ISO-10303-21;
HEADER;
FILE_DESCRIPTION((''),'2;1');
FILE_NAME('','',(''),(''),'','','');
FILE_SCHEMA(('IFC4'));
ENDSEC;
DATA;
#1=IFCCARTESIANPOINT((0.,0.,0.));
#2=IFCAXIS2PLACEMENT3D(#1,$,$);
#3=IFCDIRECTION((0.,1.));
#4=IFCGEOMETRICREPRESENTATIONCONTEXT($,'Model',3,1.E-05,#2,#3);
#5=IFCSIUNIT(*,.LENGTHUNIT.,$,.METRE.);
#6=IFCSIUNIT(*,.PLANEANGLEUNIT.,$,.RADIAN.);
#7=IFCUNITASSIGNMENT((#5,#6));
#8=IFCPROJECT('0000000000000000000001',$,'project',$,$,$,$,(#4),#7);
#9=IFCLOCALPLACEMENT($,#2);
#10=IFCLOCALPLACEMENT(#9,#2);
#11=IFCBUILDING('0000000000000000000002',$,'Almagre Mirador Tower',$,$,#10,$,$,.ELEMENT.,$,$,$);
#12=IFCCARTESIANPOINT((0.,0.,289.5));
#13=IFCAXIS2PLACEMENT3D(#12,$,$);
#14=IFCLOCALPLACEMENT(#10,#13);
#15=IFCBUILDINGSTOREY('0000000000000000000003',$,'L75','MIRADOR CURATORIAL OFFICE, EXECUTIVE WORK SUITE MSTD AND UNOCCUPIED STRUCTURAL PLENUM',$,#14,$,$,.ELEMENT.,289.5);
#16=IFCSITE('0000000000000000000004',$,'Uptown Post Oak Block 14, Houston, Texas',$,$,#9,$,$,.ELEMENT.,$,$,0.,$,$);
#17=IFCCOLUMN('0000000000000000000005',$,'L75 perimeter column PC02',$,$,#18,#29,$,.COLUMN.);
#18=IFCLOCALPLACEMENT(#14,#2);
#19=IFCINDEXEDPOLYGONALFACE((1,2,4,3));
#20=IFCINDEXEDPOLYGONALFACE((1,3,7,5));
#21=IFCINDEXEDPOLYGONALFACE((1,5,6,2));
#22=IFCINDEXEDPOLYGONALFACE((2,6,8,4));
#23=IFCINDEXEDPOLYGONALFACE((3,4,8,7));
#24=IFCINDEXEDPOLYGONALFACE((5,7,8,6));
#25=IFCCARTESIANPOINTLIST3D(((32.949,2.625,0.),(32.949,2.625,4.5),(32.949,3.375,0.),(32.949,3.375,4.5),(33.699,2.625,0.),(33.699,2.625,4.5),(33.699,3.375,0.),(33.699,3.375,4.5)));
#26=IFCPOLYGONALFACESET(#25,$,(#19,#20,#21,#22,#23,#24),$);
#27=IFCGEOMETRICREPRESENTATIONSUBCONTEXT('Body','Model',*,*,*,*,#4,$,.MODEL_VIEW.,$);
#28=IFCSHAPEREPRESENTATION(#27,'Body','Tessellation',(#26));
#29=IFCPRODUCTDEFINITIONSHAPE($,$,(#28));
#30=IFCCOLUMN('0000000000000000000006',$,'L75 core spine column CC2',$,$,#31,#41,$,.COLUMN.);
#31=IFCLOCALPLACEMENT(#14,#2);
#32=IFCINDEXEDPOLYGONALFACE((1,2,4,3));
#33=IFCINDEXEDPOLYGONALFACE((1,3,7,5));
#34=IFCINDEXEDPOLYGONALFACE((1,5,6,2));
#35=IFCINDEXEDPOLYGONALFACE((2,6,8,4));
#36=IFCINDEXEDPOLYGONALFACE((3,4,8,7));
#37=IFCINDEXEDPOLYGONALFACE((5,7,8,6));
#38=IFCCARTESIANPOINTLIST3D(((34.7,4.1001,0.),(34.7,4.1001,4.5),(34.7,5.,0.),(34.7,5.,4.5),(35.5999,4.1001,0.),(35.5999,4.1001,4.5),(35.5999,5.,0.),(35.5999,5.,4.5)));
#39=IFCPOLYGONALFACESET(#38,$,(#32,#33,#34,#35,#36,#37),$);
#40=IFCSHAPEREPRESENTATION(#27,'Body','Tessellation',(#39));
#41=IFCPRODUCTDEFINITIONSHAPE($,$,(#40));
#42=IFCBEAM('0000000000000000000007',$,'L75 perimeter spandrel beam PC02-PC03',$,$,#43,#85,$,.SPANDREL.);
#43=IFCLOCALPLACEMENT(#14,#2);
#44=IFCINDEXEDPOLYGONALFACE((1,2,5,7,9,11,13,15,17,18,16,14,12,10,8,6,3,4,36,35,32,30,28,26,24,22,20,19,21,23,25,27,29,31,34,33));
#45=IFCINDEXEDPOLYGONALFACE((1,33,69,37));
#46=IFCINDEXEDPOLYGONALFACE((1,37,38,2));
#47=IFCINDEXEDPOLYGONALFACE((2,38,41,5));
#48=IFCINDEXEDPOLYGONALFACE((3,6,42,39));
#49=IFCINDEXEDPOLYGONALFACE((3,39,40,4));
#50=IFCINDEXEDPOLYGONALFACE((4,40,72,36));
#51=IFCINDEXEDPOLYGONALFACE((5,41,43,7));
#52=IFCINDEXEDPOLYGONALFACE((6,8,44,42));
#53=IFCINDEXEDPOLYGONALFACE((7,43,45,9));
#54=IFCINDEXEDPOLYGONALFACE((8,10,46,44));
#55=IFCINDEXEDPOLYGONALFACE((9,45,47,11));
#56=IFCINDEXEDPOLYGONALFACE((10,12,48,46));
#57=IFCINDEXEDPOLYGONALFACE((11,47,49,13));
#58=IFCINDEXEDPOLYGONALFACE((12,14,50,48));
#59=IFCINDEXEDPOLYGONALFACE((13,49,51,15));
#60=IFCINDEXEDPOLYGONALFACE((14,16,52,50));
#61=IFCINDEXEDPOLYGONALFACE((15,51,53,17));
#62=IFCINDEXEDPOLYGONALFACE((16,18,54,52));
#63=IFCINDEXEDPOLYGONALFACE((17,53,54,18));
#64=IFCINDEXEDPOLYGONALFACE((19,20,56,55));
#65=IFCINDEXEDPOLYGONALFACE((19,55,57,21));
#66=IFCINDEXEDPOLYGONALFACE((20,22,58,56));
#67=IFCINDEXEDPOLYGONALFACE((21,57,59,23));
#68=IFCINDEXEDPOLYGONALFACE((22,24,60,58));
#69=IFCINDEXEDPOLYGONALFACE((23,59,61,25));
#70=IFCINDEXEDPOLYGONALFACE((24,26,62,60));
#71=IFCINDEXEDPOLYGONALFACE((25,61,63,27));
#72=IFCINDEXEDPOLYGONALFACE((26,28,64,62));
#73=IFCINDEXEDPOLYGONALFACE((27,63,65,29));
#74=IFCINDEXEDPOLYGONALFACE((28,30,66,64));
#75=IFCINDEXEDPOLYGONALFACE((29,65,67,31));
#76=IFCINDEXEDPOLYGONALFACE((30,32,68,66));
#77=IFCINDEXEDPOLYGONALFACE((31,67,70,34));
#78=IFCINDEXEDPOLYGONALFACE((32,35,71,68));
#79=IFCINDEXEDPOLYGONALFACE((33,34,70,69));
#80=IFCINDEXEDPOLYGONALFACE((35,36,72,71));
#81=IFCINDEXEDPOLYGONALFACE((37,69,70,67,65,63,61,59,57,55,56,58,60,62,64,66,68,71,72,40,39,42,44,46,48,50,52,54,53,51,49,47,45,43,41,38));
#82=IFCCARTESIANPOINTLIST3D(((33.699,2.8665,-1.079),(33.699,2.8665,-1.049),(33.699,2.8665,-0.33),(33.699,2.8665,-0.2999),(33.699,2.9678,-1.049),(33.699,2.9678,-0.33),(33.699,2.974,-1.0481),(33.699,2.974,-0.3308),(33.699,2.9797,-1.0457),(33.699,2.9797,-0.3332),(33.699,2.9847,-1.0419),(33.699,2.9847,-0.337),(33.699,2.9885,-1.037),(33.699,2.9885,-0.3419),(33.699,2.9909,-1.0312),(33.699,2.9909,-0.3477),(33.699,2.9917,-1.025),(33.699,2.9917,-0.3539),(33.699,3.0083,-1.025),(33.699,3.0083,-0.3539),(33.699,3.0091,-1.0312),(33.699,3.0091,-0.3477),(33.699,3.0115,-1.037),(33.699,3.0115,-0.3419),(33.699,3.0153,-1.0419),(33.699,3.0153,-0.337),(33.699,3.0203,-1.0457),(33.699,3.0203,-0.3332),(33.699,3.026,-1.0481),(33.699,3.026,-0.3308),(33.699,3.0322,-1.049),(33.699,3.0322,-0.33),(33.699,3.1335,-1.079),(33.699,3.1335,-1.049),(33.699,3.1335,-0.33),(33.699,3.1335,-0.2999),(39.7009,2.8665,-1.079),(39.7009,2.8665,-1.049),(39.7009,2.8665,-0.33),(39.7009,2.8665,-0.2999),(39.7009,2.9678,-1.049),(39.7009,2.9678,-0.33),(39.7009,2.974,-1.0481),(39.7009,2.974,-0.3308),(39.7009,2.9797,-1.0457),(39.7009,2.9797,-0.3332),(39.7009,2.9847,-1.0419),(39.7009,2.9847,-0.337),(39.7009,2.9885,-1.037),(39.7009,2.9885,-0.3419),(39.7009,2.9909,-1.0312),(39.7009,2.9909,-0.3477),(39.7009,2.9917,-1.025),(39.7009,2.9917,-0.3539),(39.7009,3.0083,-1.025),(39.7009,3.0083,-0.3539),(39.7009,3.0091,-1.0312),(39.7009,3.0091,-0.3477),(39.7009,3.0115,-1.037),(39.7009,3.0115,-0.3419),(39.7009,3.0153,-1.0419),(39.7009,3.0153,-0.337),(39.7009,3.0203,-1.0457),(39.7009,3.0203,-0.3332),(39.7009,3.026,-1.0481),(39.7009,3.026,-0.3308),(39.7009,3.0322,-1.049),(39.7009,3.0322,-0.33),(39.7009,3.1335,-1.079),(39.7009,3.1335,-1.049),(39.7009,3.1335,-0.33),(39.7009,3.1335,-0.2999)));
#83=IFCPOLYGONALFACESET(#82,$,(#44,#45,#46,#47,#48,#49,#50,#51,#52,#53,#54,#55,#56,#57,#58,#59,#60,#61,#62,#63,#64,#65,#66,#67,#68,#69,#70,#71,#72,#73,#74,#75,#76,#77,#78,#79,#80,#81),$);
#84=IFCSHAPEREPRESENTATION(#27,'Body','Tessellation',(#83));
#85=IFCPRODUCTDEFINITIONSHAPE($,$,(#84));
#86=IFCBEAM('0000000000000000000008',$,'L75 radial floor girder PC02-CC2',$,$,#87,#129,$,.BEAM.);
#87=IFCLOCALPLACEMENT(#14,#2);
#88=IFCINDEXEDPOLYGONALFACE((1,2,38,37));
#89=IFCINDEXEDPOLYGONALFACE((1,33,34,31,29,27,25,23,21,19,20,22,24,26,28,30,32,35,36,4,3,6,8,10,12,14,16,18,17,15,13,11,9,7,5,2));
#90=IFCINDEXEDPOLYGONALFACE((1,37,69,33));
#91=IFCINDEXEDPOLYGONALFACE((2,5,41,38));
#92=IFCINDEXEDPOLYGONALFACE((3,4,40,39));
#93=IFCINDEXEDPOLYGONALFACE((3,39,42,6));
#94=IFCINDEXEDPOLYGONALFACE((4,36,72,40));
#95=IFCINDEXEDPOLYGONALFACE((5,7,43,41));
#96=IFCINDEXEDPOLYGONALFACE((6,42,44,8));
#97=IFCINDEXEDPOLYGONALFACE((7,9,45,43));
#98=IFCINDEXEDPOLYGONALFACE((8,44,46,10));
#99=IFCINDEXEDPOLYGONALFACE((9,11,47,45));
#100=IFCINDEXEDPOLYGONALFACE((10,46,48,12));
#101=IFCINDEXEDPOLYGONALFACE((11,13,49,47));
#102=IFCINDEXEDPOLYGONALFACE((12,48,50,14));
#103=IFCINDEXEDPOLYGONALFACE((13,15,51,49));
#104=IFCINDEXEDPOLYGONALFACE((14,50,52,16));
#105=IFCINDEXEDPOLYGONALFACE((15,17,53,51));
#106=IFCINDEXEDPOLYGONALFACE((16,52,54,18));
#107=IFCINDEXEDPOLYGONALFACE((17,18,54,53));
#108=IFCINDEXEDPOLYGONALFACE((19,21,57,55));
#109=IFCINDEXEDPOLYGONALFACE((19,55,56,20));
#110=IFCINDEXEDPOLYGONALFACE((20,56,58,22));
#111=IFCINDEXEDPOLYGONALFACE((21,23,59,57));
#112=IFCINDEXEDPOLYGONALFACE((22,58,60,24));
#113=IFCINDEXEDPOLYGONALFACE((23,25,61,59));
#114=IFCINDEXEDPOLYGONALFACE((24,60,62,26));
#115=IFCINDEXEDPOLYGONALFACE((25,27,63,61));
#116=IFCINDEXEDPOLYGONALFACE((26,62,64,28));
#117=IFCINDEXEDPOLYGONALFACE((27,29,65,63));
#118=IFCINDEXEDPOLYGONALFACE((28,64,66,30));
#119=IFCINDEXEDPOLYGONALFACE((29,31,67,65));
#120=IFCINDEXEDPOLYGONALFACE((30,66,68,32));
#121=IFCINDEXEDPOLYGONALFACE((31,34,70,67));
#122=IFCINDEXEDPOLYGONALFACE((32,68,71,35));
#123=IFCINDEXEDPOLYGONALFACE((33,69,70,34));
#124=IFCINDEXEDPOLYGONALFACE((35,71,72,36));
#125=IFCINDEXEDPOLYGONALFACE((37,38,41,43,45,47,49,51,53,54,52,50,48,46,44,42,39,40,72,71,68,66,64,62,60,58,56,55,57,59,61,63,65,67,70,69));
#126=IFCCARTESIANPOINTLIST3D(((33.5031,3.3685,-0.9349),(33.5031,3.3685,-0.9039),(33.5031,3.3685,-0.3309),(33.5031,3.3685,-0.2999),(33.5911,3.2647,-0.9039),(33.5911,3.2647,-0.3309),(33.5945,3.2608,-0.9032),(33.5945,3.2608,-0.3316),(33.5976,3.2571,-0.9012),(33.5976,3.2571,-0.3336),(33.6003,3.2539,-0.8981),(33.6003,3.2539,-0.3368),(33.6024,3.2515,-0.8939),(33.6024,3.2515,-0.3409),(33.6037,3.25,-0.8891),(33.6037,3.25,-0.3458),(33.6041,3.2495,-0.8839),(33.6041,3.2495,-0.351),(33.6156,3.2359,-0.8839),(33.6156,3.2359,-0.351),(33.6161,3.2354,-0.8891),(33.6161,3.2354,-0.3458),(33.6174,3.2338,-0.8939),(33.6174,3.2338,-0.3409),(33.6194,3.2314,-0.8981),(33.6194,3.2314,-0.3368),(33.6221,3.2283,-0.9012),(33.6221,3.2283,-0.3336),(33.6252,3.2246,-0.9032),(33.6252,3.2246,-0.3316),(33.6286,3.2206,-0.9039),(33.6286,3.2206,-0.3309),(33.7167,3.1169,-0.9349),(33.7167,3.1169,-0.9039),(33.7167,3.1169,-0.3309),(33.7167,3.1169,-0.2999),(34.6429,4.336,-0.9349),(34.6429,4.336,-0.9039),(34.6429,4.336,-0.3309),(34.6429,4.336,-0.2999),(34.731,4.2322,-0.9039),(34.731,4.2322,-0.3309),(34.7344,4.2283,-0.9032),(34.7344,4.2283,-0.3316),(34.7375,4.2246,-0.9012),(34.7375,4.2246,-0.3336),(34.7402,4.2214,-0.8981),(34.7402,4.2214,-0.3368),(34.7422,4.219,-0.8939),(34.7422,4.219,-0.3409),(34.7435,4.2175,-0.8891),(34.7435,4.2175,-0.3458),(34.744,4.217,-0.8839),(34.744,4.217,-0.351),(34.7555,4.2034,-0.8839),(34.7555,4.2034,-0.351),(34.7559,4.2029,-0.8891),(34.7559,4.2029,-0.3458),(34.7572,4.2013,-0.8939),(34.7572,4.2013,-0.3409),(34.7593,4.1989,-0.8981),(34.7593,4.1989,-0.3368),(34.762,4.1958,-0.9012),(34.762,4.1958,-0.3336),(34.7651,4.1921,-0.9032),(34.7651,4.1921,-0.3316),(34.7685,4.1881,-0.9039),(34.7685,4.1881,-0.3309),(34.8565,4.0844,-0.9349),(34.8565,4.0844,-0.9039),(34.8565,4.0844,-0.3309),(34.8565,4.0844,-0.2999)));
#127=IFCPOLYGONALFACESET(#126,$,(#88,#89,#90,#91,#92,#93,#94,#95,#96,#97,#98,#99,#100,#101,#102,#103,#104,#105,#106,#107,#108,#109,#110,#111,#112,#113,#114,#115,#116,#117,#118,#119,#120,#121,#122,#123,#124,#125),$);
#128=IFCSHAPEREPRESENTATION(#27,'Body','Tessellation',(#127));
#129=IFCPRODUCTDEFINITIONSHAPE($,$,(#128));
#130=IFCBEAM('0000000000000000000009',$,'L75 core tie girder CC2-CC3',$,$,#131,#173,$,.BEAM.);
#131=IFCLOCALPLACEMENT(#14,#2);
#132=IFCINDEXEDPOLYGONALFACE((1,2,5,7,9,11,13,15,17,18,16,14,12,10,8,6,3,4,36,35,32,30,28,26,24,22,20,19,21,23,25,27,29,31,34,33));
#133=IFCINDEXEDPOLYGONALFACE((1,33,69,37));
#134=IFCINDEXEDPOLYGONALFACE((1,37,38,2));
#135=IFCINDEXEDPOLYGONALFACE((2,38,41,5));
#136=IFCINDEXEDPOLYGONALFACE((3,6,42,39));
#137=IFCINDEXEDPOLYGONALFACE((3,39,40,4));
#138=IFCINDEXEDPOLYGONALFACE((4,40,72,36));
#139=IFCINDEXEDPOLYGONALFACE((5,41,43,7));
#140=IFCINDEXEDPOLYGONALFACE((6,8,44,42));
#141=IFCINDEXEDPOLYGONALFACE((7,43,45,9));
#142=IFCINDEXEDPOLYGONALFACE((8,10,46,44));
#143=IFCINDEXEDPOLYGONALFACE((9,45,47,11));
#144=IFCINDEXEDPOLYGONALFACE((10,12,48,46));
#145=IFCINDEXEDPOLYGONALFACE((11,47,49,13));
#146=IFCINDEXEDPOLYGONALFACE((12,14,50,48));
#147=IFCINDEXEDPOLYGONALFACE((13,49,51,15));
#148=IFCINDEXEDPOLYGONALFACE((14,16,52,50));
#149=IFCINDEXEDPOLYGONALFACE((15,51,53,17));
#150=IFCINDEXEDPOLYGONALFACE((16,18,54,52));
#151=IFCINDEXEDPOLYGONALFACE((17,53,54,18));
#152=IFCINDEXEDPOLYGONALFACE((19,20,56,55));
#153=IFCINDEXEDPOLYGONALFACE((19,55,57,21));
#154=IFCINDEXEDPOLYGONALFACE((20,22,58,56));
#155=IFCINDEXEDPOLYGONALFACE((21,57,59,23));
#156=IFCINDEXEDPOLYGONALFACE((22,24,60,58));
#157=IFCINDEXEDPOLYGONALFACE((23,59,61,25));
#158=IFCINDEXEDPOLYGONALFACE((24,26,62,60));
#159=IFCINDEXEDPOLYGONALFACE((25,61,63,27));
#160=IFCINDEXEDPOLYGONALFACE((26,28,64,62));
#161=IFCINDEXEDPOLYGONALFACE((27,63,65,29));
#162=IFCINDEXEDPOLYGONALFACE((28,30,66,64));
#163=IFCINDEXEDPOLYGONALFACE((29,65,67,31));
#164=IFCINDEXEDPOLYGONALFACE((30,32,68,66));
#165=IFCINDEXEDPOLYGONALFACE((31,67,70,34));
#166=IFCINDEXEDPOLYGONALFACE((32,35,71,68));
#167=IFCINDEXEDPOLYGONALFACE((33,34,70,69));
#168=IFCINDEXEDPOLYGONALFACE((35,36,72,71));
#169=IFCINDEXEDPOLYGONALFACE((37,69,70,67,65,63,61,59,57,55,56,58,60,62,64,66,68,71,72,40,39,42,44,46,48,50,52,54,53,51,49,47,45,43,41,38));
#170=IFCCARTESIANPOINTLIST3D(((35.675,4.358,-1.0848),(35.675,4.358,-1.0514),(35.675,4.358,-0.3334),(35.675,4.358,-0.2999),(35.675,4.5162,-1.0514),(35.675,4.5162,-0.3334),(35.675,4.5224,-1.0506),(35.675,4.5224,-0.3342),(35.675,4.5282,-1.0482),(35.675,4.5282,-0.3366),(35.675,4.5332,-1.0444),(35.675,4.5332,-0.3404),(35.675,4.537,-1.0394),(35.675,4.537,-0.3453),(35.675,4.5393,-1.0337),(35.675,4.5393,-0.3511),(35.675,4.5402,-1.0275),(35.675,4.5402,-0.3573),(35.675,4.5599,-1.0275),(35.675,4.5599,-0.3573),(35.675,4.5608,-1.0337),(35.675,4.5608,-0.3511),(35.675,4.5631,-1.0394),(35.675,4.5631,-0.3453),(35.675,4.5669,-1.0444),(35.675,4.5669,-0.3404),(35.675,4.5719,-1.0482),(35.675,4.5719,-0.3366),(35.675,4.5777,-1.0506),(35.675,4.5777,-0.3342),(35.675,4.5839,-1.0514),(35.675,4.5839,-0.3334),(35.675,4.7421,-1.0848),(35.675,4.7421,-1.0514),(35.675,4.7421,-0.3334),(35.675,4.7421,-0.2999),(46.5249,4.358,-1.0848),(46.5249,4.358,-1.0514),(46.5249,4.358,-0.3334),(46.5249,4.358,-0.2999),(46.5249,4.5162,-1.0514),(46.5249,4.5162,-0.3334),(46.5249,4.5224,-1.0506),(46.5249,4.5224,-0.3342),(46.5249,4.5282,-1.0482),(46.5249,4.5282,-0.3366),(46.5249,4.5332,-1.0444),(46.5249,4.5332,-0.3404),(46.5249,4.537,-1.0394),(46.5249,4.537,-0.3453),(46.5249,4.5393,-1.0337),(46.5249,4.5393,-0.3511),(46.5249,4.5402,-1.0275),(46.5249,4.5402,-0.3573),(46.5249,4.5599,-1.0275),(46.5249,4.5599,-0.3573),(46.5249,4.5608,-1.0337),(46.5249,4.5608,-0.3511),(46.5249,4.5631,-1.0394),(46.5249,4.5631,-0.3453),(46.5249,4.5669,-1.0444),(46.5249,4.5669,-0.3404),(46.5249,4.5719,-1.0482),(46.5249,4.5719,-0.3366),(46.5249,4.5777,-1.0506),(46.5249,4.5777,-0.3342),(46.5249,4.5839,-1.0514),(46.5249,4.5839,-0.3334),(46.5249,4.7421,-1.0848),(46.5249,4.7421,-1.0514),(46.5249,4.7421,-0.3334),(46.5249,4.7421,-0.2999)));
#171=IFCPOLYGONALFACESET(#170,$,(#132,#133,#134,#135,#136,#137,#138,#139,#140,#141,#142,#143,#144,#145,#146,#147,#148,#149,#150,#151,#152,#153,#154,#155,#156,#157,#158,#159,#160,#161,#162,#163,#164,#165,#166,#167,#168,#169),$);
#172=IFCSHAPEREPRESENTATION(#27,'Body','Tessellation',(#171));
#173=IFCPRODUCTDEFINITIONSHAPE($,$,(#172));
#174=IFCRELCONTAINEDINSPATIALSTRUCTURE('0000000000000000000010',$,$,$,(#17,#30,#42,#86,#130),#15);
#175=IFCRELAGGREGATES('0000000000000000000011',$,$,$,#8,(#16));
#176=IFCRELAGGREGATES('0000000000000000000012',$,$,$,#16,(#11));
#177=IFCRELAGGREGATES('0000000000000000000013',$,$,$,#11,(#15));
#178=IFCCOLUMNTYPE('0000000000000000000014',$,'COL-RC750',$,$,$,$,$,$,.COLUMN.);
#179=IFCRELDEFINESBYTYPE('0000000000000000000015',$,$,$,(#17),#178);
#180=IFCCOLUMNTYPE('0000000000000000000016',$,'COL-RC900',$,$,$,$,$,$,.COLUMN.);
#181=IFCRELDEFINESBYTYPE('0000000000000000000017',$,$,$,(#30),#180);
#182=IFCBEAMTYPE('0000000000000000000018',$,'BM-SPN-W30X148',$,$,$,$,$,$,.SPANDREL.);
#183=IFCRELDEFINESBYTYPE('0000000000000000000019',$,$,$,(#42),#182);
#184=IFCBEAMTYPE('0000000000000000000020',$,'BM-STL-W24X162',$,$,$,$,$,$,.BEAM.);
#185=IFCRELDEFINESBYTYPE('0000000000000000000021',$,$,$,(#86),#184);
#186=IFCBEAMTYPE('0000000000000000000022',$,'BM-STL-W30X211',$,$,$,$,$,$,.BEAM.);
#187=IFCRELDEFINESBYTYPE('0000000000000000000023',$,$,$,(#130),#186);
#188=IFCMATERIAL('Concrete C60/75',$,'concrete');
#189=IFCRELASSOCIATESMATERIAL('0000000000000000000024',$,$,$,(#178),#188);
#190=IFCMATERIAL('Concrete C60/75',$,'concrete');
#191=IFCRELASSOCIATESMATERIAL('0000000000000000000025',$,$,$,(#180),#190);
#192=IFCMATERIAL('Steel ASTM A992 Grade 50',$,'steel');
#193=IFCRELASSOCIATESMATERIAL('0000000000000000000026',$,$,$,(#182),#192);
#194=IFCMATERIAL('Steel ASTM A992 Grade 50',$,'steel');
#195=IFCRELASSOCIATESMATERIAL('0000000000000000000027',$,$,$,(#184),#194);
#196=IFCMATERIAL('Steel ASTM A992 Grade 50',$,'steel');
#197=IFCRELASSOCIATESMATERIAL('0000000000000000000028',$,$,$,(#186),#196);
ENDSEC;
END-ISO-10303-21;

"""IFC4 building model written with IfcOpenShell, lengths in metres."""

from ifc_helpers import new_model, si_unit, direction, frame, origin, origin_2d, place, context, subcontext, project, spatial, rectangle, i_section, extrude, material, material_profile, profile_set, type_object, element, save


model = new_model("IFC4")

# Units and contexts
model_context = context("Model", 3, precision=1e-05, world=origin(), true_north=direction((0.0, 1.0)))
body_context = subcontext(model_context, "Body", "Model", "MODEL_VIEW")
ifc_project = project(units=[si_unit("LENGTHUNIT", "METRE"), si_unit("PLANEANGLEUNIT", "RADIAN")], contexts=[model_context])

# Site, building, storey
site_placement = place(None, origin())
site = spatial("IfcSite", under=ifc_project, at=site_placement, Name="Uptown Post Oak Block 14, Houston, Texas", CompositionType="ELEMENT", RefElevation=0.0)
building_placement = place(site_placement, origin())
building = spatial("IfcBuilding", under=site, at=building_placement, Name="Almagre Mirador Tower", CompositionType="ELEMENT")
storey_placement = place(building_placement, frame((0.0, 0.0, 289.5)))
storey = spatial("IfcBuildingStorey", under=building, at=storey_placement, Name="L75", Description="MIRADOR CURATORIAL OFFICE, EXECUTIVE WORK SUITE MSTD AND UNOCCUPIED STRUCTURAL PLENUM", CompositionType="ELEMENT", Elevation=289.5)

# Columns
ifc_material_1 = material(Name="Concrete C60/75", Category="concrete")
ifc_material_profile_1 = material_profile(ifc_material_1, rectangle(XDim=0.75, YDim=0.75, at=origin_2d()), Name="RC750X750")
ifc_profile_set_1 = profile_set([ifc_material_profile_1], Name="Concrete C60/75")
column_type_1 = type_object("IfcColumnType", Name="COL-RC750", PredefinedType="COLUMN", material=ifc_profile_set_1)
column_1_placement = place(storey_placement, frame((33.324, 3.0, 0.0), z_axis=(0.0, 0.0, 1.0), x_axis=(1.0, 0.0, 0.0)))
element("IfcColumn", 1, at=column_1_placement, inside=storey, type_object=column_type_1, Name="L75 perimeter column PC02", PredefinedType="COLUMN", context=body_context, shape_type="SweptSolid", body=[
    extrude(rectangle(XDim=0.75, YDim=0.75, at=origin_2d()), origin(), (0.0, 0.0, 1.0), 4.5),
])
ifc_material_2 = material(Name="Concrete C60/75", Category="concrete")
ifc_material_profile_2 = material_profile(ifc_material_2, rectangle(XDim=0.8999, YDim=0.8999, at=origin_2d()), Name="RC900X900")
ifc_profile_set_2 = profile_set([ifc_material_profile_2], Name="Concrete C60/75")
column_type_2 = type_object("IfcColumnType", Name="COL-RC900", PredefinedType="COLUMN", material=ifc_profile_set_2)
column_2_placement = place(storey_placement, frame((35.1499, 4.55, 0.0), z_axis=(0.0, 0.0, 1.0), x_axis=(1.0, 0.0, 0.0)))
element("IfcColumn", 2, at=column_2_placement, inside=storey, type_object=column_type_2, Name="L75 core spine column CC2", PredefinedType="COLUMN", context=body_context, shape_type="SweptSolid", body=[
    extrude(rectangle(XDim=0.8999, YDim=0.8999, at=origin_2d()), origin(), (0.0, 0.0, 1.0), 4.5),
])

# Beams
ifc_material_3 = material(Name="Steel ASTM A992 Grade 50", Category="steel")
ifc_material_profile_3 = material_profile(ifc_material_3, i_section(OverallWidth=0.2671, OverallDepth=0.7791, WebThickness=0.0166, FlangeThickness=0.03, FilletRadius=0.0239, at=origin_2d()), Name="W30X148")
ifc_profile_set_3 = profile_set([ifc_material_profile_3], Name="Steel ASTM A992 Grade 50")
beam_type_1 = type_object("IfcBeamType", Name="BM-SPN-W30X148", PredefinedType="SPANDREL", material=ifc_profile_set_3)
beam_1_placement = place(storey_placement, frame((33.699, 3.0, -0.6895), z_axis=(1.0, 0.0, 0.0), x_axis=(0.0, 1.0, 0.0)))
element("IfcBeam", 3, at=beam_1_placement, inside=storey, type_object=beam_type_1, Name="L75 perimeter spandrel beam PC02-PC03", PredefinedType="SPANDREL", context=body_context, shape_type="SweptSolid", body=[
    extrude(i_section(OverallWidth=0.2671, OverallDepth=0.7791, WebThickness=0.0166, FlangeThickness=0.03, FilletRadius=0.0239, at=origin_2d()), origin(), (0.0, 0.0, 1.0), 6.002),
])
ifc_material_4 = material(Name="Steel ASTM A992 Grade 50", Category="steel")
ifc_material_profile_4 = material_profile(ifc_material_4, i_section(OverallWidth=0.3301, OverallDepth=0.635, WebThickness=0.0178, FlangeThickness=0.031, FilletRadius=0.02, at=origin_2d()), Name="W24X162")
ifc_profile_set_4 = profile_set([ifc_material_profile_4], Name="Steel ASTM A992 Grade 50")
beam_type_2 = type_object("IfcBeamType", Name="BM-STL-W24X162", PredefinedType="BEAM", material=ifc_profile_set_4)
beam_2_placement = place(storey_placement, frame((33.6099, 3.2427, -0.6174), z_axis=(0.762394, 0.647113, 0.0), x_axis=(-0.647113, 0.762394, 0.0)))
element("IfcBeam", 4, at=beam_2_placement, inside=storey, type_object=beam_type_2, Name="L75 radial floor girder PC02-CC2", PredefinedType="BEAM", context=body_context, shape_type="SweptSolid", body=[
    extrude(i_section(OverallWidth=0.3301, OverallDepth=0.635, WebThickness=0.0178, FlangeThickness=0.031, FilletRadius=0.02, at=origin_2d()), origin(), (0.0, 0.0, 1.0), 1.4951),
])
ifc_material_5 = material(Name="Steel ASTM A992 Grade 50", Category="steel")
ifc_material_profile_5 = material_profile(ifc_material_5, i_section(OverallWidth=0.384, OverallDepth=0.7849, WebThickness=0.0198, FlangeThickness=0.0334, FilletRadius=0.0239, at=origin_2d()), Name="W30X211")
ifc_profile_set_5 = profile_set([ifc_material_profile_5], Name="Steel ASTM A992 Grade 50")
beam_type_3 = type_object("IfcBeamType", Name="BM-STL-W30X211", PredefinedType="BEAM", material=ifc_profile_set_5)
beam_3_placement = place(storey_placement, frame((35.675, 4.55, -0.6924), z_axis=(1.0, 0.0, 0.0), x_axis=(0.0, 1.0, 0.0)))
element("IfcBeam", 5, at=beam_3_placement, inside=storey, type_object=beam_type_3, Name="L75 core tie girder CC2-CC3", PredefinedType="BEAM", context=body_context, shape_type="SweptSolid", body=[
    extrude(i_section(OverallWidth=0.384, OverallDepth=0.7849, WebThickness=0.0198, FlangeThickness=0.0334, FilletRadius=0.0239, at=origin_2d()), origin(), (0.0, 0.0, 1.0), 10.8499),
])

save(model, "model.ifc")
